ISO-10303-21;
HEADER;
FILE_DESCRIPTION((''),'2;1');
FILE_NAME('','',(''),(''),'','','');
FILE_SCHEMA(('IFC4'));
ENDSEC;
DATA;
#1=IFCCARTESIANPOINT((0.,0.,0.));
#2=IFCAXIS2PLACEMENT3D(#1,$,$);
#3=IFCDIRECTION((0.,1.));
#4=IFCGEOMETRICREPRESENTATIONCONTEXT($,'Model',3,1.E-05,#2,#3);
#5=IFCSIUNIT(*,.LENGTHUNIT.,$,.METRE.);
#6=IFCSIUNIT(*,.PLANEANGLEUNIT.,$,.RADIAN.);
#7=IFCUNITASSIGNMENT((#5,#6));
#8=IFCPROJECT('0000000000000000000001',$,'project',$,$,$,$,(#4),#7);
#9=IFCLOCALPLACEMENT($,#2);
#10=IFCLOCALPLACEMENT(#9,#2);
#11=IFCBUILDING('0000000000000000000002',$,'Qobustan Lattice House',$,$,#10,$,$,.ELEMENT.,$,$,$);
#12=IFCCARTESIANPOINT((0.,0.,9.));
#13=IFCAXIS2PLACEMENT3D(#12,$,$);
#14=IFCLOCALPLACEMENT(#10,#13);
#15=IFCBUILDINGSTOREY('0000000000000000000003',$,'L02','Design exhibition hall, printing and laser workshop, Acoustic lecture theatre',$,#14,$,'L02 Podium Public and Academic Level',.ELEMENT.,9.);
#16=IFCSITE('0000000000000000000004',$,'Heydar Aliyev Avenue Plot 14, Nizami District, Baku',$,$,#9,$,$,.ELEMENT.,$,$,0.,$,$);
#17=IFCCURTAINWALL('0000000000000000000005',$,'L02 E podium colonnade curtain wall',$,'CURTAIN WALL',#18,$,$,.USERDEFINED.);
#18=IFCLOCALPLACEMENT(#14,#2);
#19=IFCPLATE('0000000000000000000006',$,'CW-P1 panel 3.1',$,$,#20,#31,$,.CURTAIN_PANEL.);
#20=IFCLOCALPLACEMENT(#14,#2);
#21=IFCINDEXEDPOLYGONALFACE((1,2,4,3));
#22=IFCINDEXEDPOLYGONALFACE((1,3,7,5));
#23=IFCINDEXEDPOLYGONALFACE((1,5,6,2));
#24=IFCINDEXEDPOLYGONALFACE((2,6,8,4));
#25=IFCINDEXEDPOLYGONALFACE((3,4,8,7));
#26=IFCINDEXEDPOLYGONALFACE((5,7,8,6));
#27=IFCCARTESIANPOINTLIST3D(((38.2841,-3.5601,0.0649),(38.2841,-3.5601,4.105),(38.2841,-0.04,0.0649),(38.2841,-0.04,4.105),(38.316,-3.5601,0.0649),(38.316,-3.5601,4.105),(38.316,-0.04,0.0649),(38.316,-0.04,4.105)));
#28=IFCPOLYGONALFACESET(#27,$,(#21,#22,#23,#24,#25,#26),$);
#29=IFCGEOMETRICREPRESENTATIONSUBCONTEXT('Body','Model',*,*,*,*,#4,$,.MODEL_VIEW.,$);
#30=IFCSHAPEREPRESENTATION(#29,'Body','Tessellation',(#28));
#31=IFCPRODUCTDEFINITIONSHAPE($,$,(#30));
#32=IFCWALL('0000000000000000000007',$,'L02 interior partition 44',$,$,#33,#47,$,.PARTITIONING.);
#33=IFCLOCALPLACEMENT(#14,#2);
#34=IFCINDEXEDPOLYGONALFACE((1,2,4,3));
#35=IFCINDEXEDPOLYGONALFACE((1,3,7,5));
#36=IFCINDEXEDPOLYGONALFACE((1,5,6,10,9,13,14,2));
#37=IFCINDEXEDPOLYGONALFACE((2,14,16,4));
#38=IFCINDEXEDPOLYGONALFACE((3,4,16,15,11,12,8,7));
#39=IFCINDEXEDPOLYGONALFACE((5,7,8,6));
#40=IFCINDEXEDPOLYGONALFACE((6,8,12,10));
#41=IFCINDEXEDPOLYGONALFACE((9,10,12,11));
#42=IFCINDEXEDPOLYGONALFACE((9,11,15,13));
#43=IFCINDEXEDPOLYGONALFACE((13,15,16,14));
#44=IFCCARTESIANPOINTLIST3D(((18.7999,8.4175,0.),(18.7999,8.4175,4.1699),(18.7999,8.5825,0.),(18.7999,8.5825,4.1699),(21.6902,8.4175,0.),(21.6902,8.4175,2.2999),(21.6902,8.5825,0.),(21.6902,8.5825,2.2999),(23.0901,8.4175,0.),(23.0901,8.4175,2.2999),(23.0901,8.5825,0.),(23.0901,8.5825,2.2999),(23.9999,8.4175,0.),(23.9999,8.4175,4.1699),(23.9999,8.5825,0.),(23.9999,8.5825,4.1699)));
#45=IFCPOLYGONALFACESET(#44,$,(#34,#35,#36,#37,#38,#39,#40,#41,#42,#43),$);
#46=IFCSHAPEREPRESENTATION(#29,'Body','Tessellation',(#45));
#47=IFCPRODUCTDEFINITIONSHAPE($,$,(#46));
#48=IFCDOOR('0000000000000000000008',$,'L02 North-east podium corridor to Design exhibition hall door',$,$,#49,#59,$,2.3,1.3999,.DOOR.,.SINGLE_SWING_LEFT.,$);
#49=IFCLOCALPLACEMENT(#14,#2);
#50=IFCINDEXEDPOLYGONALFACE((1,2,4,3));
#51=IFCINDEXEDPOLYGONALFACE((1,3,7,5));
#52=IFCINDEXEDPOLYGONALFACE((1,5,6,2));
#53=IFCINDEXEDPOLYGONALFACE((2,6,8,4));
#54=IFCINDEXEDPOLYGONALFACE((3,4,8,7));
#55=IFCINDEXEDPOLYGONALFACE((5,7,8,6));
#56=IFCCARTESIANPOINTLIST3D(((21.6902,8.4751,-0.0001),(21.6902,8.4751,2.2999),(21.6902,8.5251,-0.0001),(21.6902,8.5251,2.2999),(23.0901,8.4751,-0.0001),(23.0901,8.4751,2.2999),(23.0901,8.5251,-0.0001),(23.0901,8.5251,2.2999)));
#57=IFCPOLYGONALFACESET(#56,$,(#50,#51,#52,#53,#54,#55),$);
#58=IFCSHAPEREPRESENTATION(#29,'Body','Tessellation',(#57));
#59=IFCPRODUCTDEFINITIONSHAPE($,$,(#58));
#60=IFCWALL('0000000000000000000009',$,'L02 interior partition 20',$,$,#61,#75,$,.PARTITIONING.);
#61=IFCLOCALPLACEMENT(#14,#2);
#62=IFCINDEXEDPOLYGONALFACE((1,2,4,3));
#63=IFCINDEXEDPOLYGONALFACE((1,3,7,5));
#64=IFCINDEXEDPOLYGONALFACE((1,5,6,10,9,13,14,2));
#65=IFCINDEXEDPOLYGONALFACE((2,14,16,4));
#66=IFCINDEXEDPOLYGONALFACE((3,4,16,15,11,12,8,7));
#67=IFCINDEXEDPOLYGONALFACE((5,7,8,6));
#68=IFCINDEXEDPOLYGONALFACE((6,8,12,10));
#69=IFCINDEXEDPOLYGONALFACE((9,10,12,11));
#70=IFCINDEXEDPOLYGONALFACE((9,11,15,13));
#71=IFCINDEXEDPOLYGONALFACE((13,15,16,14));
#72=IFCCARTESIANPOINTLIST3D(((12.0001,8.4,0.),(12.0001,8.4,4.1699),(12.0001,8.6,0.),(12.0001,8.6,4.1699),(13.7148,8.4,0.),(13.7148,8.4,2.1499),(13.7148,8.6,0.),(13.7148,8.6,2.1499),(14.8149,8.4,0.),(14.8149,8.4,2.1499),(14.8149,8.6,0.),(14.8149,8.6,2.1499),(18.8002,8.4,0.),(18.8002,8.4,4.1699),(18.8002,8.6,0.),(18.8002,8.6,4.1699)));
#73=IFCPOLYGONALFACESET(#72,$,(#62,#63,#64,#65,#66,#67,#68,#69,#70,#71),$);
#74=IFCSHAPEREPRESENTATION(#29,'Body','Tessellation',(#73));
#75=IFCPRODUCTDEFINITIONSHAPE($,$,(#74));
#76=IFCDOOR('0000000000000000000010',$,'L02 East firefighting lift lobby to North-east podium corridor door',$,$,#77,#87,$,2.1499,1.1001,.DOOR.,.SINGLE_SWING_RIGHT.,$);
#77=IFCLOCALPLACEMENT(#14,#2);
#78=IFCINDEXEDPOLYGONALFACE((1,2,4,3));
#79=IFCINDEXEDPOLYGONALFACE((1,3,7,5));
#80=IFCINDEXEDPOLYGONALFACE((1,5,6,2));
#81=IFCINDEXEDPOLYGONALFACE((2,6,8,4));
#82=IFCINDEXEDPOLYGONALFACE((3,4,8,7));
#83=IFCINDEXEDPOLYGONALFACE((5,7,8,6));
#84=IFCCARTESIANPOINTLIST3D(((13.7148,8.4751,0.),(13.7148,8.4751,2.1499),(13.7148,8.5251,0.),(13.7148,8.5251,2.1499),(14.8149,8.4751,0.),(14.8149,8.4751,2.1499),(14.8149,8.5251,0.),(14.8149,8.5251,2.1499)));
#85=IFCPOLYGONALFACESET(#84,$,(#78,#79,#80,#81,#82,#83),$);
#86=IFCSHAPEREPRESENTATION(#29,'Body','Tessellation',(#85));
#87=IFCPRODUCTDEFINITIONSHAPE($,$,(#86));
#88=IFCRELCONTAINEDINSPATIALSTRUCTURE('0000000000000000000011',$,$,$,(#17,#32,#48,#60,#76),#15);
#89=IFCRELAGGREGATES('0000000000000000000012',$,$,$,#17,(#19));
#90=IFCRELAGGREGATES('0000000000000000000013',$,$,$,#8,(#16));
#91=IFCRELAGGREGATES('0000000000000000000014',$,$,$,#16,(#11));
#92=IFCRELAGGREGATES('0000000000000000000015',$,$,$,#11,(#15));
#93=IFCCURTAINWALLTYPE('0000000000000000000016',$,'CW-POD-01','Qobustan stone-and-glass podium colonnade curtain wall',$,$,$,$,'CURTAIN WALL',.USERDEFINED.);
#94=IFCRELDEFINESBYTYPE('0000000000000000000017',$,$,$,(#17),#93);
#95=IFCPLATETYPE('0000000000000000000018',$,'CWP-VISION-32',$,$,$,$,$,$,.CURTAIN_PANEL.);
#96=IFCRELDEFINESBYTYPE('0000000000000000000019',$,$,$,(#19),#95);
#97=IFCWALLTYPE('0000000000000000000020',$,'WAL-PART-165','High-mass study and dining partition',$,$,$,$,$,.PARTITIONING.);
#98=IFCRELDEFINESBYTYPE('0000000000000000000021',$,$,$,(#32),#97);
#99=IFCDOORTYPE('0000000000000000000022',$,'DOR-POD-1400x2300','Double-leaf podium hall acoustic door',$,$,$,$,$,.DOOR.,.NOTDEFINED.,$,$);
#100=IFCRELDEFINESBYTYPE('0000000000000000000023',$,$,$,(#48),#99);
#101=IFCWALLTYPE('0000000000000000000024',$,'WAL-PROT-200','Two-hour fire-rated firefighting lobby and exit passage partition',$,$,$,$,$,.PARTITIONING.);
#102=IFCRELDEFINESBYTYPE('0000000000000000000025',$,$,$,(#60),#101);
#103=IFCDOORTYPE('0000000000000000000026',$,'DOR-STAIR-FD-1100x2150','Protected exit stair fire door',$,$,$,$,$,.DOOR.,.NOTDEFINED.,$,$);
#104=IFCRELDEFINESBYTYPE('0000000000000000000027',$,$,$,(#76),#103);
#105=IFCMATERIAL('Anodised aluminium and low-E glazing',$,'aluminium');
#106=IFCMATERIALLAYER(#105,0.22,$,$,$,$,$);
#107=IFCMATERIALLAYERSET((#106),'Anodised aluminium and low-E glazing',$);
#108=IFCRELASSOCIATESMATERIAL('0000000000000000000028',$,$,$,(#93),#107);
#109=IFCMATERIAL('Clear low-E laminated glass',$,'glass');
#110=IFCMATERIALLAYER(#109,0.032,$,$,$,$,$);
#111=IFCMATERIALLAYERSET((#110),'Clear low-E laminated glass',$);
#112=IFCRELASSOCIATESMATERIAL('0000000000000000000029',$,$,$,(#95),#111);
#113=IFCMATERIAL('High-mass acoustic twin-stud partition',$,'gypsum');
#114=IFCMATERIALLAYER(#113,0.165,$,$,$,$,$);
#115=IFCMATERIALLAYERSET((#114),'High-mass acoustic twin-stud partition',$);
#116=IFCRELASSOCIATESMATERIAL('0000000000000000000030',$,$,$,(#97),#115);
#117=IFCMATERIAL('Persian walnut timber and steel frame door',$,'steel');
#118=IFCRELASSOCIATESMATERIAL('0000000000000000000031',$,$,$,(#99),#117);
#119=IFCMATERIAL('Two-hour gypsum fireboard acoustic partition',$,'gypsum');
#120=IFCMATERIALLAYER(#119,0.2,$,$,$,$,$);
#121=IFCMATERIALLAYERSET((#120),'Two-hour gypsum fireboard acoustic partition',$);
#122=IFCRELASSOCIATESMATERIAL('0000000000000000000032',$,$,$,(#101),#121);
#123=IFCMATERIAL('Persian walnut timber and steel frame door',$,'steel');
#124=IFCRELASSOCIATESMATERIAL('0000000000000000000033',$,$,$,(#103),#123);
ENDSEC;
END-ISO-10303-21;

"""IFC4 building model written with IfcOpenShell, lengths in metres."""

from ifc_helpers import new_model, si_unit, direction, frame, frame_2d, origin, origin_2d, place, context, subcontext, project, spatial, rectangle, extrude, material, layer, layer_set, type_object, element, fill, aggregate, save


model = new_model("IFC4")

# Units and contexts
model_context = context("Model", 3, precision=1e-05, world=origin(), true_north=direction((0.0, 1.0)))
body_context = subcontext(model_context, "Body", "Model", "MODEL_VIEW")
ifc_project = project(units=[si_unit("LENGTHUNIT", "METRE"), si_unit("PLANEANGLEUNIT", "RADIAN")], contexts=[model_context])

# Site, building, storey
site_placement = place(None, origin())
site = spatial("IfcSite", under=ifc_project, at=site_placement, Name="Heydar Aliyev Avenue Plot 14, Nizami District, Baku", CompositionType="ELEMENT", RefElevation=0.0)
building_placement = place(site_placement, origin())
building = spatial("IfcBuilding", under=site, at=building_placement, Name="Qobustan Lattice House", CompositionType="ELEMENT")
storey_placement = place(building_placement, frame((0.0, 0.0, 9.0)))
storey = spatial("IfcBuildingStorey", under=building, at=storey_placement, Name="L02", Description="Design exhibition hall, printing and laser workshop, Acoustic lecture theatre", LongName="L02 Podium Public and Academic Level", CompositionType="ELEMENT", Elevation=9.0)

# Curtain wall, plate
ifc_material_1 = material(Name="Anodised aluminium and low-E glazing", Category="aluminium")
ifc_layer_1 = layer(ifc_material_1, 0.22)
ifc_layer_set_1 = layer_set([ifc_layer_1], Name="Anodised aluminium and low-E glazing")
curtain_wall_type = type_object("IfcCurtainWallType", Name="CW-POD-01", Description="Qobustan stone-and-glass podium colonnade curtain wall", ElementType="CURTAIN WALL", PredefinedType="USERDEFINED", material=ifc_layer_set_1)
curtain_wall_placement = place(storey_placement, origin())
curtain_wall = element("IfcCurtainWall", 1, at=curtain_wall_placement, inside=storey, type_object=curtain_wall_type, Name="L02 E podium colonnade curtain wall", ObjectType="CURTAIN WALL", PredefinedType="USERDEFINED")
ifc_material_2 = material(Name="Clear low-E laminated glass", Category="glass")
ifc_layer_2 = layer(ifc_material_2, 0.032)
ifc_layer_set_2 = layer_set([ifc_layer_2], Name="Clear low-E laminated glass")
plate_type = type_object("IfcPlateType", Name="CWP-VISION-32", PredefinedType="CURTAIN_PANEL", material=ifc_layer_set_2)
plate_1_placement = place(storey_placement, frame((38.3, -1.8, 0.0649), z_axis=(0.0, 0.0, 1.0), x_axis=(0.0, -1.0, 0.0)))
plate_1 = element("IfcPlate", 2, at=plate_1_placement, type_object=plate_type, Name="CW-P1 panel 3.1", PredefinedType="CURTAIN_PANEL", context=body_context, shape_type="SweptSolid", body=[
    extrude(rectangle(XDim=3.52, YDim=0.032, at=origin_2d()), origin(), (0.0, 0.0, 1.0), 4.04),
])
aggregate(curtain_wall, [plate_1])

# Walls, openings, doors
ifc_material_3 = material(Name="High-mass acoustic twin-stud partition", Category="gypsum")
ifc_layer_3 = layer(ifc_material_3, 0.165)
ifc_layer_set_3 = layer_set([ifc_layer_3], Name="High-mass acoustic twin-stud partition")
wall_type_1 = type_object("IfcWallType", Name="WAL-PART-165", Description="High-mass study and dining partition", PredefinedType="PARTITIONING", material=ifc_layer_set_3)
wall_1_placement = place(storey_placement, frame((24.0, 8.5, 0.0), z_axis=(0.0, 0.0, 1.0), x_axis=(-1.0, 0.0, 0.0)))
wall_1 = element("IfcWall", 3, at=wall_1_placement, inside=storey, type_object=wall_type_1, Name="L02 interior partition 44", PredefinedType="PARTITIONING", context=body_context, shape_type="SweptSolid", body=[
    extrude(rectangle(XDim=5.2, YDim=0.165, at=frame_2d((2.6001, 0.0))), origin(), (0.0, 0.0, 1.0), 4.1699),
])
opening_1_placement = place(wall_1_placement, frame((0.9099, 0.0, 0.0)))
opening_1 = element("IfcOpeningElement", 4, at=opening_1_placement, cuts=wall_1, PredefinedType="OPENING", context=body_context, shape_type="SweptSolid", body=[
    extrude(rectangle(XDim=1.3999, YDim=2.3, at=frame_2d((0.7, 1.1499))), frame((0.0, 0.0925, 0.0), z_axis=(0.0, -1.0, 0.0), x_axis=(1.0, 0.0, 0.0)), (0.0, 0.0, 1.0), 0.1851),
])
ifc_material_4 = material(Name="Persian walnut timber and steel frame door", Category="steel")
door_type_1 = type_object("IfcDoorType", Name="DOR-POD-1400x2300", Description="Double-leaf podium hall acoustic door", OperationType="NOTDEFINED", PredefinedType="DOOR", material=ifc_material_4)
door_1_placement = place(opening_1_placement, origin())
door_1 = element("IfcDoor", 5, at=door_1_placement, inside=storey, type_object=door_type_1, Name="L02 North-east podium corridor to Design exhibition hall door", OperationType="SINGLE_SWING_LEFT", OverallHeight=2.3, OverallWidth=1.3999, PredefinedType="DOOR", context=body_context, shape_type="SweptSolid", body=[
    extrude(rectangle(XDim=1.3999, YDim=2.3, at=frame_2d((0.7, 1.1499))), frame((0.0, 0.0249, 0.0), z_axis=(0.0, -1.0, 0.0), x_axis=(1.0, 0.0, 0.0)), (0.0, 0.0, 1.0), 0.05),
])
fill(opening_1, door_1)
ifc_material_5 = material(Name="Two-hour gypsum fireboard acoustic partition", Category="gypsum")
ifc_layer_4 = layer(ifc_material_5, 0.2)
ifc_layer_set_4 = layer_set([ifc_layer_4], Name="Two-hour gypsum fireboard acoustic partition")
wall_type_2 = type_object("IfcWallType", Name="WAL-PROT-200", Description="Two-hour fire-rated firefighting lobby and exit passage partition", PredefinedType="PARTITIONING", material=ifc_layer_set_4)
wall_2_placement = place(storey_placement, frame((18.8, 8.5, 0.0), z_axis=(0.0, 0.0, 1.0), x_axis=(-1.0, 0.0, 0.0)))
wall_2 = element("IfcWall", 6, at=wall_2_placement, inside=storey, type_object=wall_type_2, Name="L02 interior partition 20", PredefinedType="PARTITIONING", context=body_context, shape_type="SweptSolid", body=[
    extrude(rectangle(XDim=6.8, YDim=0.2, at=frame_2d((3.3999, 0.0))), origin(), (0.0, 0.0, 1.0), 4.1699),
])
opening_2_placement = place(wall_2_placement, frame((3.9851, 0.0, 0.0)))
opening_2 = element("IfcOpeningElement", 7, at=opening_2_placement, cuts=wall_2, PredefinedType="OPENING", context=body_context, shape_type="SweptSolid", body=[
    extrude(rectangle(XDim=1.1001, YDim=2.1499, at=frame_2d((0.55, 1.075))), frame((0.0, 0.1099, 0.0), z_axis=(0.0, -1.0, 0.0), x_axis=(1.0, 0.0, 0.0)), (0.0, 0.0, 1.0), 0.22),
])
ifc_material_6 = material(Name="Persian walnut timber and steel frame door", Category="steel")
door_type_2 = type_object("IfcDoorType", Name="DOR-STAIR-FD-1100x2150", Description="Protected exit stair fire door", OperationType="NOTDEFINED", PredefinedType="DOOR", material=ifc_material_6)
door_2_placement = place(opening_2_placement, origin())
door_2 = element("IfcDoor", 8, at=door_2_placement, inside=storey, type_object=door_type_2, Name="L02 East firefighting lift lobby to North-east podium corridor door", OperationType="SINGLE_SWING_RIGHT", OverallHeight=2.1499, OverallWidth=1.1001, PredefinedType="DOOR", context=body_context, shape_type="SweptSolid", body=[
    extrude(rectangle(XDim=1.1001, YDim=2.1499, at=frame_2d((0.55, 1.075))), frame((0.0, 0.0249, 0.0), z_axis=(0.0, -1.0, 0.0), x_axis=(1.0, 0.0, 0.0)), (0.0, 0.0, 1.0), 0.05),
])
fill(opening_2, door_2)

save(model, "model.ifc")
